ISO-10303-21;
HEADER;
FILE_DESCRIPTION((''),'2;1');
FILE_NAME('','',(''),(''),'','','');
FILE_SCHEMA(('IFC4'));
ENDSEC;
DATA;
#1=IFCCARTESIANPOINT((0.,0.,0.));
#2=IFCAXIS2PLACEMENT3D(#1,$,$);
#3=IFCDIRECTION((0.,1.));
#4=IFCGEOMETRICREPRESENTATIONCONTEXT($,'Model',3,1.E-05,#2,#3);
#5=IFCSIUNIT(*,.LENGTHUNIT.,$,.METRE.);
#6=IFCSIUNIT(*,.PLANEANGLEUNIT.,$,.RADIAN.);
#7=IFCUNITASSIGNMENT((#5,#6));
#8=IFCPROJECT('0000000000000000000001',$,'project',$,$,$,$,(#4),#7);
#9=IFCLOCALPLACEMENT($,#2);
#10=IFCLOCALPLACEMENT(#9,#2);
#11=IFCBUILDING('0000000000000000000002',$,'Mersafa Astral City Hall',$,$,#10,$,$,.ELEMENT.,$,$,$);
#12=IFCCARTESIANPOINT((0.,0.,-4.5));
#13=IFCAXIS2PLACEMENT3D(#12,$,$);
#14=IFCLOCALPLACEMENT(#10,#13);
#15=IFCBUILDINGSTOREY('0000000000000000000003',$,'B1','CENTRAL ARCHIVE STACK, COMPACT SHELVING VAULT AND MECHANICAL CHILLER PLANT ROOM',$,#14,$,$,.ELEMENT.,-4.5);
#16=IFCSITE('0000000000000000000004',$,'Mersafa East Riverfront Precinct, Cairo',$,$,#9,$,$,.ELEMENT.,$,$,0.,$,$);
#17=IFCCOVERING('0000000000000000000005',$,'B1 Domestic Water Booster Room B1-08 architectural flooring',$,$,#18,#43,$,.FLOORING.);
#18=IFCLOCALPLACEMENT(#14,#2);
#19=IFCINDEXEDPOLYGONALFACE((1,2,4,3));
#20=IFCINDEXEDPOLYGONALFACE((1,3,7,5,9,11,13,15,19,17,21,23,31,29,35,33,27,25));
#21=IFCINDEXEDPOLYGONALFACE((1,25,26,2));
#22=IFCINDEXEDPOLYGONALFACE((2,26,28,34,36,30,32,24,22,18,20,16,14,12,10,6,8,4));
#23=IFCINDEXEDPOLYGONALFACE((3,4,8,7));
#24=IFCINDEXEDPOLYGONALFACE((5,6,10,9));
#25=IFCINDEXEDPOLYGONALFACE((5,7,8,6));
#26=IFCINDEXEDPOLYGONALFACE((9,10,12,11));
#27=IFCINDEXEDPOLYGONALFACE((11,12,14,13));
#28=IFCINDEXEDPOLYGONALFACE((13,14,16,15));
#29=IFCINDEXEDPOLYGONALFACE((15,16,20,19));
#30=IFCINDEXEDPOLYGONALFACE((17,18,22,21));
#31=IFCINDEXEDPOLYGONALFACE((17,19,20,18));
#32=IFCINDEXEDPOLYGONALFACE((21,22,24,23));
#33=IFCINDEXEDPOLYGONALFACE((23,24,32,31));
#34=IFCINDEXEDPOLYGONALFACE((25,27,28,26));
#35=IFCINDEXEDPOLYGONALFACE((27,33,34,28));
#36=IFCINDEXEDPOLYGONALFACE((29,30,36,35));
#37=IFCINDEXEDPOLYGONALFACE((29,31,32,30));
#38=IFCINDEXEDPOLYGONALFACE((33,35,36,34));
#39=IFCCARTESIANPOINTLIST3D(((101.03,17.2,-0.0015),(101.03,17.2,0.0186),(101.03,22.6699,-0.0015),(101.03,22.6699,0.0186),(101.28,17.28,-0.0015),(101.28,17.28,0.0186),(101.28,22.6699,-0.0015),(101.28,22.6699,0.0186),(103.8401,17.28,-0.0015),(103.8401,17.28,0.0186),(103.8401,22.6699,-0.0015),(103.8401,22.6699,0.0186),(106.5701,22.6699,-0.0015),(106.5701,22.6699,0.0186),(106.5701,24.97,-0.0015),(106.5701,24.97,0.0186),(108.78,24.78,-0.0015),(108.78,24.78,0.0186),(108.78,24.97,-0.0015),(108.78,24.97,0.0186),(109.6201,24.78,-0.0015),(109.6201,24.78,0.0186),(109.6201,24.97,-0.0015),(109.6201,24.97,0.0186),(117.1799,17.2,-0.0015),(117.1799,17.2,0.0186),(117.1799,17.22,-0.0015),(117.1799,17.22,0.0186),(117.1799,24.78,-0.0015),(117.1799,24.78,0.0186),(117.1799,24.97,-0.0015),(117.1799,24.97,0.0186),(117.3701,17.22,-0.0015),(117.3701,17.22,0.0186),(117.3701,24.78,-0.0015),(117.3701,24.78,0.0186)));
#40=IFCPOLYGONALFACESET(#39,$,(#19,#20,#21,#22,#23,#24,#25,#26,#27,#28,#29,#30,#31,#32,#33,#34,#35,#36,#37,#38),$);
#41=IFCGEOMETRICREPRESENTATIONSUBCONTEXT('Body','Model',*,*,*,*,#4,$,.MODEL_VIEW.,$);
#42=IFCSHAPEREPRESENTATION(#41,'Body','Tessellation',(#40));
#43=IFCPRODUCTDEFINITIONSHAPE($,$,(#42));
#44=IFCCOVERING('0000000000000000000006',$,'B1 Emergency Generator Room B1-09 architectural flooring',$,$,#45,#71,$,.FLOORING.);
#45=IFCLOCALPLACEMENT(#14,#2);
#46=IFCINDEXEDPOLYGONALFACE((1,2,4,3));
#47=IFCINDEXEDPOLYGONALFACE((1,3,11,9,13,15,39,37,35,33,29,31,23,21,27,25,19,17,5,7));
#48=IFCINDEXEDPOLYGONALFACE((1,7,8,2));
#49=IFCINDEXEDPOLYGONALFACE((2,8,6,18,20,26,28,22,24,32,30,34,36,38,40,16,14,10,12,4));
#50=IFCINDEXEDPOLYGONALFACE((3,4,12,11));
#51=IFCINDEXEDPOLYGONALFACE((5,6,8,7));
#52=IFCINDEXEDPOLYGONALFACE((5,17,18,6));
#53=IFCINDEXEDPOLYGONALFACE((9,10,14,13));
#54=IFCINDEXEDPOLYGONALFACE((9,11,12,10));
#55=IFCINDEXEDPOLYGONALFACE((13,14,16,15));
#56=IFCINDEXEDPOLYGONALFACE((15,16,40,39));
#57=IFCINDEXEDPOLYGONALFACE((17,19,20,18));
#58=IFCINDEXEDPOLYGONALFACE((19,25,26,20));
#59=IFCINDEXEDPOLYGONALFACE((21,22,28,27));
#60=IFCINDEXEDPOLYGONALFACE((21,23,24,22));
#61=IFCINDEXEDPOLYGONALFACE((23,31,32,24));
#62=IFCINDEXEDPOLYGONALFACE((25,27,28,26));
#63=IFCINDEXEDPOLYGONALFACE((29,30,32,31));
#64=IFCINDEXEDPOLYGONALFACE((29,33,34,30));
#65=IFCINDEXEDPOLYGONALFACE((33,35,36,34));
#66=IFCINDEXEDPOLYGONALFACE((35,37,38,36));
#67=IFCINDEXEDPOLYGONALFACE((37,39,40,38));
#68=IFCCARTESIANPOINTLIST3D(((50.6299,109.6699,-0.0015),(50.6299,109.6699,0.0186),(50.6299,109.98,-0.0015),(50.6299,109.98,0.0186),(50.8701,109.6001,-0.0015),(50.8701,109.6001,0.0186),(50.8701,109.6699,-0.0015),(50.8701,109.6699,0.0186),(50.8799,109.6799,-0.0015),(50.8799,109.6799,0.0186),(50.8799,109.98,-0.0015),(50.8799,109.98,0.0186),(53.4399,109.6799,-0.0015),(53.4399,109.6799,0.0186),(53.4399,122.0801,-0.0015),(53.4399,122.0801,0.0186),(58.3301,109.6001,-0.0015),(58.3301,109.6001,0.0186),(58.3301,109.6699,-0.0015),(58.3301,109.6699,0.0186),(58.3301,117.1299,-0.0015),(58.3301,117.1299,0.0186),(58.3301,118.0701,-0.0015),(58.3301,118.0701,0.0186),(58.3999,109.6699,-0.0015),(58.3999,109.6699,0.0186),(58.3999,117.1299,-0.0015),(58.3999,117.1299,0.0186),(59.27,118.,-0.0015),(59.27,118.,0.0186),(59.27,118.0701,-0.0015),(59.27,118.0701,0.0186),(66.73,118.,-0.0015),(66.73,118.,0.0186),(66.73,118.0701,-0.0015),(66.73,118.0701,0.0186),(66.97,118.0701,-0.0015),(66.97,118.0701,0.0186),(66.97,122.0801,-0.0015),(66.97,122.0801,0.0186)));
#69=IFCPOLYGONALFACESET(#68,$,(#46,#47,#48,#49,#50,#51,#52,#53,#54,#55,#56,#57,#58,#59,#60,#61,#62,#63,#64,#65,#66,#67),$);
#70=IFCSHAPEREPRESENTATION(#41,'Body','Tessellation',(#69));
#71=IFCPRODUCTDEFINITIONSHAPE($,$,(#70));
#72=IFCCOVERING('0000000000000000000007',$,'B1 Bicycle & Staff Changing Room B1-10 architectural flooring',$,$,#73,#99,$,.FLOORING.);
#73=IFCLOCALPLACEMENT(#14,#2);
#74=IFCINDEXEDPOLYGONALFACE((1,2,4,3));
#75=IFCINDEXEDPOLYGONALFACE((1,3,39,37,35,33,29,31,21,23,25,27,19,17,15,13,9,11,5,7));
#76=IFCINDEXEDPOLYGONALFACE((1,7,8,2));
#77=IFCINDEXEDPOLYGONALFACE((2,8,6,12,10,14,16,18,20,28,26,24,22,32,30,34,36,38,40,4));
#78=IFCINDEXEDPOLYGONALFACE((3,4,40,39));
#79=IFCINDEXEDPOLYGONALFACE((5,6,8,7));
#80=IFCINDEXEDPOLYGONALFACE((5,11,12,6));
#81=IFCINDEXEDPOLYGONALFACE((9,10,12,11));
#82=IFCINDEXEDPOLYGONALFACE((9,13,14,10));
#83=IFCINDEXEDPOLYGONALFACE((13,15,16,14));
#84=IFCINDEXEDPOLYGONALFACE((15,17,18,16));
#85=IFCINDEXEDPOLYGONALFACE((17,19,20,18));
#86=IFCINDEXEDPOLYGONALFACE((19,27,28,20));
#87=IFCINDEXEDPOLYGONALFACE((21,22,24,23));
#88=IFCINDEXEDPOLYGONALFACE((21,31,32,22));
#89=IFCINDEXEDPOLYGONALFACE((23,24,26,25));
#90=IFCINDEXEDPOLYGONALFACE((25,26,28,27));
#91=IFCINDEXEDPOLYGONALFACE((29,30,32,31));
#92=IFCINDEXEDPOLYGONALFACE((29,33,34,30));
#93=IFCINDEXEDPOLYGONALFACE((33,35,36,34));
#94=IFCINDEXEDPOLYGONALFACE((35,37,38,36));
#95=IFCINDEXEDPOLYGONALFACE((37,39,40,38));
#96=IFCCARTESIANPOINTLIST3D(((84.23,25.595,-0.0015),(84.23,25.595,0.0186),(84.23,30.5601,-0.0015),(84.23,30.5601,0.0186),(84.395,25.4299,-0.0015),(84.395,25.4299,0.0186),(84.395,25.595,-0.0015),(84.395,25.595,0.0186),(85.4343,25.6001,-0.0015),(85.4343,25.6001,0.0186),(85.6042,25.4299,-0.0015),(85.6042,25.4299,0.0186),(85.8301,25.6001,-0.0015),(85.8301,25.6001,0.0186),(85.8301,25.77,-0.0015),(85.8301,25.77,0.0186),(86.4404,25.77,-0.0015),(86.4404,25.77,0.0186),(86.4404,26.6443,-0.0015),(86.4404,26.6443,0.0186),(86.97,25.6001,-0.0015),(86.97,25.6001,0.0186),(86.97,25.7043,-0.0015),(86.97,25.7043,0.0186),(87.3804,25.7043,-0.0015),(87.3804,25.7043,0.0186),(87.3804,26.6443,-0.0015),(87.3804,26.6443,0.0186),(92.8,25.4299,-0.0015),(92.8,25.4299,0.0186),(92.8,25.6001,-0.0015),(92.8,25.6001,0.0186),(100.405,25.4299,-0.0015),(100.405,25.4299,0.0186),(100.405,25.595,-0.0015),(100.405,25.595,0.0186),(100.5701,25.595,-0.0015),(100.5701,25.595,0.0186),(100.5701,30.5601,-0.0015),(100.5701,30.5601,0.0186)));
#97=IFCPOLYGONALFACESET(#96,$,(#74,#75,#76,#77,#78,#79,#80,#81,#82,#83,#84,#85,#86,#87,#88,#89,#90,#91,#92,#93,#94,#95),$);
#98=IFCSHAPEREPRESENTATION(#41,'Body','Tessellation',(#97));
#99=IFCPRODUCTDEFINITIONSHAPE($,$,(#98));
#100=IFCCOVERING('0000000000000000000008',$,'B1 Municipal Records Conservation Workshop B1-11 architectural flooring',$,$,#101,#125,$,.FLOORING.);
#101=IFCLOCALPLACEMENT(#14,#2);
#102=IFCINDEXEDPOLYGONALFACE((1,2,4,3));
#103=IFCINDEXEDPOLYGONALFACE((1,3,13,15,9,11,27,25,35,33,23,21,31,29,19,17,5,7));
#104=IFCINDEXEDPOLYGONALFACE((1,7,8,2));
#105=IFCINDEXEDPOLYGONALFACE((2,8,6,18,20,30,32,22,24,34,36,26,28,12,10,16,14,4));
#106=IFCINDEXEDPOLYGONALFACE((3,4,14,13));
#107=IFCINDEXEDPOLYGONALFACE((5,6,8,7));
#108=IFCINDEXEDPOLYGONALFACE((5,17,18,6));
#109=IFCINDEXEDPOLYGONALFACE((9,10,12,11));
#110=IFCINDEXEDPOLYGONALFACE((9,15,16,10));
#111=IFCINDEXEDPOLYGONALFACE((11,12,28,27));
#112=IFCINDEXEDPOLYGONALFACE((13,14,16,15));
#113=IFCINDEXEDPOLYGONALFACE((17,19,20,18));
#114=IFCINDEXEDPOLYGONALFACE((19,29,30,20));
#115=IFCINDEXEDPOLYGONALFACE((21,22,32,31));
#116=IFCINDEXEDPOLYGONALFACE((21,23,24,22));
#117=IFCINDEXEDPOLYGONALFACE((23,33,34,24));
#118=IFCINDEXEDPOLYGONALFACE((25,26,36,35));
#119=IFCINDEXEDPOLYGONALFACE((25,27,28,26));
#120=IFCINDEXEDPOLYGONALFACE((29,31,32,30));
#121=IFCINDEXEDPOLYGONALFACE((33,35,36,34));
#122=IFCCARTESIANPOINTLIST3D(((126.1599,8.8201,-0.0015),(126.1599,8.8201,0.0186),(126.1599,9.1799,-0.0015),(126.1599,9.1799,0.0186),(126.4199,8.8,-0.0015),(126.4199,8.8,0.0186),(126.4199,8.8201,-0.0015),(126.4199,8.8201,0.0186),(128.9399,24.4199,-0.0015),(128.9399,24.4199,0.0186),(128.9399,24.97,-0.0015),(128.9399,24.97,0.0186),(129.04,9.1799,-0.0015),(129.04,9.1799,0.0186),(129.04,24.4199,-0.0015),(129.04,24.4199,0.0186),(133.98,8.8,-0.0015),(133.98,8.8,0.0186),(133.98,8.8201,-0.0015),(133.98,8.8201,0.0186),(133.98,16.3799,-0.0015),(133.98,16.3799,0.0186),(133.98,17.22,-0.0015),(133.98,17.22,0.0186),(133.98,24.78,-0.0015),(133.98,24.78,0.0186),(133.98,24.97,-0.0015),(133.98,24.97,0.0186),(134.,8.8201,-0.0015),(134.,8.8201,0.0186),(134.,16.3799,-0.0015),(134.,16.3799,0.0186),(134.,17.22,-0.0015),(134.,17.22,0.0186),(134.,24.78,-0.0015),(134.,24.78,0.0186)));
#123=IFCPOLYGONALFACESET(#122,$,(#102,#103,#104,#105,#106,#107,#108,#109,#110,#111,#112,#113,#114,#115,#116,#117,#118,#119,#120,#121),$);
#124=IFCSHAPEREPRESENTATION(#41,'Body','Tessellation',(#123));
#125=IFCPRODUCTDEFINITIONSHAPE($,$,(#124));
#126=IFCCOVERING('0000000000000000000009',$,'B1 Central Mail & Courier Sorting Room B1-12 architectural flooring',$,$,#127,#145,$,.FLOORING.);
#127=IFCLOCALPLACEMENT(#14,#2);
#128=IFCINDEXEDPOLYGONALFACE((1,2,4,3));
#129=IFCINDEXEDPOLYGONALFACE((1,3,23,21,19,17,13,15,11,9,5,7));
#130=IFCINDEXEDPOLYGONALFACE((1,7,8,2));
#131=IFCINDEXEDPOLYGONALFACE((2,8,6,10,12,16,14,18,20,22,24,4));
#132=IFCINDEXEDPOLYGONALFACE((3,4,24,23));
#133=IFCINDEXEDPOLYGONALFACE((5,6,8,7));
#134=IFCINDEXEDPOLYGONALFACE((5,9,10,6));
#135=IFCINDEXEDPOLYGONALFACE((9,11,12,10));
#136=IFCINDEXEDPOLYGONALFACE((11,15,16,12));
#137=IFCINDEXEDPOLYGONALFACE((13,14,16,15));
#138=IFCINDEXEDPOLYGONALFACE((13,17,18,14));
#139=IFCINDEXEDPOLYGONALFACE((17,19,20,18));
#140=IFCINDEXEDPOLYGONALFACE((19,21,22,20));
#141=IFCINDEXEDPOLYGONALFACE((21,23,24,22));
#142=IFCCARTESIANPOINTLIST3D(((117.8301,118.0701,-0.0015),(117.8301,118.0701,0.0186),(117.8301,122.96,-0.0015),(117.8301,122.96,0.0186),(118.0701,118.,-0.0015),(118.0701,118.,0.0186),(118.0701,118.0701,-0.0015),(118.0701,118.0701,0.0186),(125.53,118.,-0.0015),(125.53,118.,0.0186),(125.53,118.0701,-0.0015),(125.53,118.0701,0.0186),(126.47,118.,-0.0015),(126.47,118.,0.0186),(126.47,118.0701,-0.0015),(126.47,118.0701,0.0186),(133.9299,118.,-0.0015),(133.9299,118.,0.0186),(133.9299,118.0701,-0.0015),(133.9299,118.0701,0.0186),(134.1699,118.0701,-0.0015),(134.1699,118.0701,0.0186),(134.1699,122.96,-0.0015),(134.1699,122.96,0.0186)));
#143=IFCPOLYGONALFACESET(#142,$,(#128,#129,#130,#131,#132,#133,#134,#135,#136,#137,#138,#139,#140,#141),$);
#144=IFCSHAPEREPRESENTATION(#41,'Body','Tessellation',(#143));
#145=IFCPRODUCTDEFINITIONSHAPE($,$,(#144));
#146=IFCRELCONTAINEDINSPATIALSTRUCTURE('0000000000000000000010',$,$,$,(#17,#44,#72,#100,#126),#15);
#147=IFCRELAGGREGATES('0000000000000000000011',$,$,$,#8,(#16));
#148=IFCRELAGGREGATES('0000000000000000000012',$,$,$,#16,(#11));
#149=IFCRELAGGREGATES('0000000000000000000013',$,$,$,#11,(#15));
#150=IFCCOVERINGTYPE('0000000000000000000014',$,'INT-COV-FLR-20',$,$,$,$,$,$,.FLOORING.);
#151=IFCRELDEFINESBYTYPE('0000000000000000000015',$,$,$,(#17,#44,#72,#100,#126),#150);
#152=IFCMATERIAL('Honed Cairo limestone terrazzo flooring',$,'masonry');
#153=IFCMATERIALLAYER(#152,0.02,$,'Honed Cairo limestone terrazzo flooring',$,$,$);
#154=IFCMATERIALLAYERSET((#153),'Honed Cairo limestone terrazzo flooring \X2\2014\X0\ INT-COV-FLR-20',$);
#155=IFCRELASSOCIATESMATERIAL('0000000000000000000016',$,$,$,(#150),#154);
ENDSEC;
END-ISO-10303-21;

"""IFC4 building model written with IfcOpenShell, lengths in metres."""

from ifc_helpers import new_model, si_unit, direction, frame, origin, place, context, subcontext, project, spatial, polyline, outline, extrude, material, layer, layer_set, type_object, element, save


model = new_model("IFC4")

# Units and contexts
model_context = context("Model", 3, precision=1e-05, world=origin(), true_north=direction((0.0, 1.0)))
body_context = subcontext(model_context, "Body", "Model", "MODEL_VIEW")
ifc_project = project(units=[si_unit("LENGTHUNIT", "METRE"), si_unit("PLANEANGLEUNIT", "RADIAN")], contexts=[model_context])

# Site, building, storey
site_placement = place(None, origin())
site = spatial("IfcSite", under=ifc_project, at=site_placement, Name="Mersafa East Riverfront Precinct, Cairo", CompositionType="ELEMENT", RefElevation=0.0)
building_placement = place(site_placement, origin())
building = spatial("IfcBuilding", under=site, at=building_placement, Name="Mersafa Astral City Hall", CompositionType="ELEMENT")
storey_placement = place(building_placement, frame((0.0, 0.0, -4.5)))
storey = spatial("IfcBuildingStorey", under=building, at=storey_placement, Name="B1", Description="CENTRAL ARCHIVE STACK, COMPACT SHELVING VAULT AND MECHANICAL CHILLER PLANT ROOM", CompositionType="ELEMENT", Elevation=-4.5)

# Coverings
ifc_material_1 = material(Name="Honed Cairo limestone terrazzo flooring", Category="masonry")
ifc_layer_1 = layer(ifc_material_1, 0.02, Name="Honed Cairo limestone terrazzo flooring")
ifc_layer_set_1 = layer_set([ifc_layer_1], Name="Honed Cairo limestone terrazzo flooring — INT-COV-FLR-20")
covering_type = type_object("IfcCoveringType", Name="INT-COV-FLR-20", PredefinedType="FLOORING", material=ifc_layer_set_1)
covering_1_placement = place(storey_placement, frame((0.0, 0.0, -0.0015)))
element("IfcCovering", 1, at=covering_1_placement, inside=storey, type_object=covering_type, Name="B1 Domestic Water Booster Room B1-08 architectural flooring", PredefinedType="FLOORING", context=body_context, shape_type="SweptSolid", body=[
    extrude(outline(polyline([(101.28, 22.6699), (101.28, 17.28), (103.8401, 17.28), (103.8401, 22.6699), (106.5701, 22.6699), (106.5701, 24.97), (108.78, 24.97), (108.78, 24.78), (109.6201, 24.78), (109.6201, 24.97), (117.1799, 24.97), (117.1799, 24.78), (117.3701, 24.78), (117.3701, 17.22), (117.1799, 17.22), (117.1799, 17.2), (101.03, 17.2), (101.03, 22.6699), (101.28, 22.6699)])), origin(), (0.0, 0.0, 1.0), 0.02),
])
covering_2_placement = place(storey_placement, frame((0.0, 0.0, -0.0015)))
element("IfcCovering", 2, at=covering_2_placement, inside=storey, type_object=covering_type, Name="B1 Emergency Generator Room B1-09 architectural flooring", PredefinedType="FLOORING", context=body_context, shape_type="SweptSolid", body=[
    extrude(outline(polyline([(50.8701, 109.6699), (50.6299, 109.6699), (50.6299, 109.98), (50.8799, 109.98), (50.8799, 109.6799), (53.4399, 109.6799), (53.4399, 122.0801), (66.97, 122.0801), (66.97, 118.0701), (66.73, 118.0701), (66.73, 118.0), (59.27, 118.0), (59.27, 118.0701), (58.3301, 118.0701), (58.3301, 117.1299), (58.3999, 117.1299), (58.3999, 109.6699), (58.3301, 109.6699), (58.3301, 109.6001), (50.8701, 109.6001), (50.8701, 109.6699)])), origin(), (0.0, 0.0, 1.0), 0.02),
])
covering_3_placement = place(storey_placement, frame((0.0, 0.0, -0.0015)))
element("IfcCovering", 3, at=covering_3_placement, inside=storey, type_object=covering_type, Name="B1 Bicycle & Staff Changing Room B1-10 architectural flooring", PredefinedType="FLOORING", context=body_context, shape_type="SweptSolid", body=[
    extrude(outline(polyline([(84.395, 25.4299), (84.395, 25.595), (84.23, 25.595), (84.23, 30.5601), (100.5701, 30.5601), (100.5701, 25.595), (100.405, 25.595), (100.405, 25.4299), (92.8, 25.4299), (92.8, 25.6001), (86.97, 25.6001), (86.97, 25.7043), (87.3804, 25.7043), (87.3804, 26.6443), (86.4404, 26.6443), (86.4404, 25.77), (85.8301, 25.77), (85.8301, 25.6001), (85.4343, 25.6001), (85.6042, 25.4299), (84.395, 25.4299)])), origin(), (0.0, 0.0, 1.0), 0.02),
])
covering_4_placement = place(storey_placement, frame((0.0, 0.0, -0.0015)))
element("IfcCovering", 4, at=covering_4_placement, inside=storey, type_object=covering_type, Name="B1 Municipal Records Conservation Workshop B1-11 architectural flooring", PredefinedType="FLOORING", context=body_context, shape_type="SweptSolid", body=[
    extrude(outline(polyline([(126.4199, 8.8201), (126.1599, 8.8201), (126.1599, 9.1799), (129.04, 9.1799), (129.04, 24.4199), (128.9399, 24.4199), (128.9399, 24.97), (133.98, 24.97), (133.98, 24.78), (134.0, 24.78), (134.0, 17.22), (133.98, 17.22), (133.98, 16.3799), (134.0, 16.3799), (134.0, 8.8201), (133.98, 8.8201), (133.98, 8.8), (126.4199, 8.8), (126.4199, 8.8201)])), origin(), (0.0, 0.0, 1.0), 0.02),
])
covering_5_placement = place(storey_placement, frame((0.0, 0.0, -0.0015)))
element("IfcCovering", 5, at=covering_5_placement, inside=storey, type_object=covering_type, Name="B1 Central Mail & Courier Sorting Room B1-12 architectural flooring", PredefinedType="FLOORING", context=body_context, shape_type="SweptSolid", body=[
    extrude(outline(polyline([(134.1699, 122.96), (134.1699, 118.0701), (133.9299, 118.0701), (133.9299, 118.0), (126.47, 118.0), (126.47, 118.0701), (125.53, 118.0701), (125.53, 118.0), (118.0701, 118.0), (118.0701, 118.0701), (117.8301, 118.0701), (117.8301, 122.96), (134.1699, 122.96)])), origin(), (0.0, 0.0, 1.0), 0.02),
])

save(model, "model.ifc")
